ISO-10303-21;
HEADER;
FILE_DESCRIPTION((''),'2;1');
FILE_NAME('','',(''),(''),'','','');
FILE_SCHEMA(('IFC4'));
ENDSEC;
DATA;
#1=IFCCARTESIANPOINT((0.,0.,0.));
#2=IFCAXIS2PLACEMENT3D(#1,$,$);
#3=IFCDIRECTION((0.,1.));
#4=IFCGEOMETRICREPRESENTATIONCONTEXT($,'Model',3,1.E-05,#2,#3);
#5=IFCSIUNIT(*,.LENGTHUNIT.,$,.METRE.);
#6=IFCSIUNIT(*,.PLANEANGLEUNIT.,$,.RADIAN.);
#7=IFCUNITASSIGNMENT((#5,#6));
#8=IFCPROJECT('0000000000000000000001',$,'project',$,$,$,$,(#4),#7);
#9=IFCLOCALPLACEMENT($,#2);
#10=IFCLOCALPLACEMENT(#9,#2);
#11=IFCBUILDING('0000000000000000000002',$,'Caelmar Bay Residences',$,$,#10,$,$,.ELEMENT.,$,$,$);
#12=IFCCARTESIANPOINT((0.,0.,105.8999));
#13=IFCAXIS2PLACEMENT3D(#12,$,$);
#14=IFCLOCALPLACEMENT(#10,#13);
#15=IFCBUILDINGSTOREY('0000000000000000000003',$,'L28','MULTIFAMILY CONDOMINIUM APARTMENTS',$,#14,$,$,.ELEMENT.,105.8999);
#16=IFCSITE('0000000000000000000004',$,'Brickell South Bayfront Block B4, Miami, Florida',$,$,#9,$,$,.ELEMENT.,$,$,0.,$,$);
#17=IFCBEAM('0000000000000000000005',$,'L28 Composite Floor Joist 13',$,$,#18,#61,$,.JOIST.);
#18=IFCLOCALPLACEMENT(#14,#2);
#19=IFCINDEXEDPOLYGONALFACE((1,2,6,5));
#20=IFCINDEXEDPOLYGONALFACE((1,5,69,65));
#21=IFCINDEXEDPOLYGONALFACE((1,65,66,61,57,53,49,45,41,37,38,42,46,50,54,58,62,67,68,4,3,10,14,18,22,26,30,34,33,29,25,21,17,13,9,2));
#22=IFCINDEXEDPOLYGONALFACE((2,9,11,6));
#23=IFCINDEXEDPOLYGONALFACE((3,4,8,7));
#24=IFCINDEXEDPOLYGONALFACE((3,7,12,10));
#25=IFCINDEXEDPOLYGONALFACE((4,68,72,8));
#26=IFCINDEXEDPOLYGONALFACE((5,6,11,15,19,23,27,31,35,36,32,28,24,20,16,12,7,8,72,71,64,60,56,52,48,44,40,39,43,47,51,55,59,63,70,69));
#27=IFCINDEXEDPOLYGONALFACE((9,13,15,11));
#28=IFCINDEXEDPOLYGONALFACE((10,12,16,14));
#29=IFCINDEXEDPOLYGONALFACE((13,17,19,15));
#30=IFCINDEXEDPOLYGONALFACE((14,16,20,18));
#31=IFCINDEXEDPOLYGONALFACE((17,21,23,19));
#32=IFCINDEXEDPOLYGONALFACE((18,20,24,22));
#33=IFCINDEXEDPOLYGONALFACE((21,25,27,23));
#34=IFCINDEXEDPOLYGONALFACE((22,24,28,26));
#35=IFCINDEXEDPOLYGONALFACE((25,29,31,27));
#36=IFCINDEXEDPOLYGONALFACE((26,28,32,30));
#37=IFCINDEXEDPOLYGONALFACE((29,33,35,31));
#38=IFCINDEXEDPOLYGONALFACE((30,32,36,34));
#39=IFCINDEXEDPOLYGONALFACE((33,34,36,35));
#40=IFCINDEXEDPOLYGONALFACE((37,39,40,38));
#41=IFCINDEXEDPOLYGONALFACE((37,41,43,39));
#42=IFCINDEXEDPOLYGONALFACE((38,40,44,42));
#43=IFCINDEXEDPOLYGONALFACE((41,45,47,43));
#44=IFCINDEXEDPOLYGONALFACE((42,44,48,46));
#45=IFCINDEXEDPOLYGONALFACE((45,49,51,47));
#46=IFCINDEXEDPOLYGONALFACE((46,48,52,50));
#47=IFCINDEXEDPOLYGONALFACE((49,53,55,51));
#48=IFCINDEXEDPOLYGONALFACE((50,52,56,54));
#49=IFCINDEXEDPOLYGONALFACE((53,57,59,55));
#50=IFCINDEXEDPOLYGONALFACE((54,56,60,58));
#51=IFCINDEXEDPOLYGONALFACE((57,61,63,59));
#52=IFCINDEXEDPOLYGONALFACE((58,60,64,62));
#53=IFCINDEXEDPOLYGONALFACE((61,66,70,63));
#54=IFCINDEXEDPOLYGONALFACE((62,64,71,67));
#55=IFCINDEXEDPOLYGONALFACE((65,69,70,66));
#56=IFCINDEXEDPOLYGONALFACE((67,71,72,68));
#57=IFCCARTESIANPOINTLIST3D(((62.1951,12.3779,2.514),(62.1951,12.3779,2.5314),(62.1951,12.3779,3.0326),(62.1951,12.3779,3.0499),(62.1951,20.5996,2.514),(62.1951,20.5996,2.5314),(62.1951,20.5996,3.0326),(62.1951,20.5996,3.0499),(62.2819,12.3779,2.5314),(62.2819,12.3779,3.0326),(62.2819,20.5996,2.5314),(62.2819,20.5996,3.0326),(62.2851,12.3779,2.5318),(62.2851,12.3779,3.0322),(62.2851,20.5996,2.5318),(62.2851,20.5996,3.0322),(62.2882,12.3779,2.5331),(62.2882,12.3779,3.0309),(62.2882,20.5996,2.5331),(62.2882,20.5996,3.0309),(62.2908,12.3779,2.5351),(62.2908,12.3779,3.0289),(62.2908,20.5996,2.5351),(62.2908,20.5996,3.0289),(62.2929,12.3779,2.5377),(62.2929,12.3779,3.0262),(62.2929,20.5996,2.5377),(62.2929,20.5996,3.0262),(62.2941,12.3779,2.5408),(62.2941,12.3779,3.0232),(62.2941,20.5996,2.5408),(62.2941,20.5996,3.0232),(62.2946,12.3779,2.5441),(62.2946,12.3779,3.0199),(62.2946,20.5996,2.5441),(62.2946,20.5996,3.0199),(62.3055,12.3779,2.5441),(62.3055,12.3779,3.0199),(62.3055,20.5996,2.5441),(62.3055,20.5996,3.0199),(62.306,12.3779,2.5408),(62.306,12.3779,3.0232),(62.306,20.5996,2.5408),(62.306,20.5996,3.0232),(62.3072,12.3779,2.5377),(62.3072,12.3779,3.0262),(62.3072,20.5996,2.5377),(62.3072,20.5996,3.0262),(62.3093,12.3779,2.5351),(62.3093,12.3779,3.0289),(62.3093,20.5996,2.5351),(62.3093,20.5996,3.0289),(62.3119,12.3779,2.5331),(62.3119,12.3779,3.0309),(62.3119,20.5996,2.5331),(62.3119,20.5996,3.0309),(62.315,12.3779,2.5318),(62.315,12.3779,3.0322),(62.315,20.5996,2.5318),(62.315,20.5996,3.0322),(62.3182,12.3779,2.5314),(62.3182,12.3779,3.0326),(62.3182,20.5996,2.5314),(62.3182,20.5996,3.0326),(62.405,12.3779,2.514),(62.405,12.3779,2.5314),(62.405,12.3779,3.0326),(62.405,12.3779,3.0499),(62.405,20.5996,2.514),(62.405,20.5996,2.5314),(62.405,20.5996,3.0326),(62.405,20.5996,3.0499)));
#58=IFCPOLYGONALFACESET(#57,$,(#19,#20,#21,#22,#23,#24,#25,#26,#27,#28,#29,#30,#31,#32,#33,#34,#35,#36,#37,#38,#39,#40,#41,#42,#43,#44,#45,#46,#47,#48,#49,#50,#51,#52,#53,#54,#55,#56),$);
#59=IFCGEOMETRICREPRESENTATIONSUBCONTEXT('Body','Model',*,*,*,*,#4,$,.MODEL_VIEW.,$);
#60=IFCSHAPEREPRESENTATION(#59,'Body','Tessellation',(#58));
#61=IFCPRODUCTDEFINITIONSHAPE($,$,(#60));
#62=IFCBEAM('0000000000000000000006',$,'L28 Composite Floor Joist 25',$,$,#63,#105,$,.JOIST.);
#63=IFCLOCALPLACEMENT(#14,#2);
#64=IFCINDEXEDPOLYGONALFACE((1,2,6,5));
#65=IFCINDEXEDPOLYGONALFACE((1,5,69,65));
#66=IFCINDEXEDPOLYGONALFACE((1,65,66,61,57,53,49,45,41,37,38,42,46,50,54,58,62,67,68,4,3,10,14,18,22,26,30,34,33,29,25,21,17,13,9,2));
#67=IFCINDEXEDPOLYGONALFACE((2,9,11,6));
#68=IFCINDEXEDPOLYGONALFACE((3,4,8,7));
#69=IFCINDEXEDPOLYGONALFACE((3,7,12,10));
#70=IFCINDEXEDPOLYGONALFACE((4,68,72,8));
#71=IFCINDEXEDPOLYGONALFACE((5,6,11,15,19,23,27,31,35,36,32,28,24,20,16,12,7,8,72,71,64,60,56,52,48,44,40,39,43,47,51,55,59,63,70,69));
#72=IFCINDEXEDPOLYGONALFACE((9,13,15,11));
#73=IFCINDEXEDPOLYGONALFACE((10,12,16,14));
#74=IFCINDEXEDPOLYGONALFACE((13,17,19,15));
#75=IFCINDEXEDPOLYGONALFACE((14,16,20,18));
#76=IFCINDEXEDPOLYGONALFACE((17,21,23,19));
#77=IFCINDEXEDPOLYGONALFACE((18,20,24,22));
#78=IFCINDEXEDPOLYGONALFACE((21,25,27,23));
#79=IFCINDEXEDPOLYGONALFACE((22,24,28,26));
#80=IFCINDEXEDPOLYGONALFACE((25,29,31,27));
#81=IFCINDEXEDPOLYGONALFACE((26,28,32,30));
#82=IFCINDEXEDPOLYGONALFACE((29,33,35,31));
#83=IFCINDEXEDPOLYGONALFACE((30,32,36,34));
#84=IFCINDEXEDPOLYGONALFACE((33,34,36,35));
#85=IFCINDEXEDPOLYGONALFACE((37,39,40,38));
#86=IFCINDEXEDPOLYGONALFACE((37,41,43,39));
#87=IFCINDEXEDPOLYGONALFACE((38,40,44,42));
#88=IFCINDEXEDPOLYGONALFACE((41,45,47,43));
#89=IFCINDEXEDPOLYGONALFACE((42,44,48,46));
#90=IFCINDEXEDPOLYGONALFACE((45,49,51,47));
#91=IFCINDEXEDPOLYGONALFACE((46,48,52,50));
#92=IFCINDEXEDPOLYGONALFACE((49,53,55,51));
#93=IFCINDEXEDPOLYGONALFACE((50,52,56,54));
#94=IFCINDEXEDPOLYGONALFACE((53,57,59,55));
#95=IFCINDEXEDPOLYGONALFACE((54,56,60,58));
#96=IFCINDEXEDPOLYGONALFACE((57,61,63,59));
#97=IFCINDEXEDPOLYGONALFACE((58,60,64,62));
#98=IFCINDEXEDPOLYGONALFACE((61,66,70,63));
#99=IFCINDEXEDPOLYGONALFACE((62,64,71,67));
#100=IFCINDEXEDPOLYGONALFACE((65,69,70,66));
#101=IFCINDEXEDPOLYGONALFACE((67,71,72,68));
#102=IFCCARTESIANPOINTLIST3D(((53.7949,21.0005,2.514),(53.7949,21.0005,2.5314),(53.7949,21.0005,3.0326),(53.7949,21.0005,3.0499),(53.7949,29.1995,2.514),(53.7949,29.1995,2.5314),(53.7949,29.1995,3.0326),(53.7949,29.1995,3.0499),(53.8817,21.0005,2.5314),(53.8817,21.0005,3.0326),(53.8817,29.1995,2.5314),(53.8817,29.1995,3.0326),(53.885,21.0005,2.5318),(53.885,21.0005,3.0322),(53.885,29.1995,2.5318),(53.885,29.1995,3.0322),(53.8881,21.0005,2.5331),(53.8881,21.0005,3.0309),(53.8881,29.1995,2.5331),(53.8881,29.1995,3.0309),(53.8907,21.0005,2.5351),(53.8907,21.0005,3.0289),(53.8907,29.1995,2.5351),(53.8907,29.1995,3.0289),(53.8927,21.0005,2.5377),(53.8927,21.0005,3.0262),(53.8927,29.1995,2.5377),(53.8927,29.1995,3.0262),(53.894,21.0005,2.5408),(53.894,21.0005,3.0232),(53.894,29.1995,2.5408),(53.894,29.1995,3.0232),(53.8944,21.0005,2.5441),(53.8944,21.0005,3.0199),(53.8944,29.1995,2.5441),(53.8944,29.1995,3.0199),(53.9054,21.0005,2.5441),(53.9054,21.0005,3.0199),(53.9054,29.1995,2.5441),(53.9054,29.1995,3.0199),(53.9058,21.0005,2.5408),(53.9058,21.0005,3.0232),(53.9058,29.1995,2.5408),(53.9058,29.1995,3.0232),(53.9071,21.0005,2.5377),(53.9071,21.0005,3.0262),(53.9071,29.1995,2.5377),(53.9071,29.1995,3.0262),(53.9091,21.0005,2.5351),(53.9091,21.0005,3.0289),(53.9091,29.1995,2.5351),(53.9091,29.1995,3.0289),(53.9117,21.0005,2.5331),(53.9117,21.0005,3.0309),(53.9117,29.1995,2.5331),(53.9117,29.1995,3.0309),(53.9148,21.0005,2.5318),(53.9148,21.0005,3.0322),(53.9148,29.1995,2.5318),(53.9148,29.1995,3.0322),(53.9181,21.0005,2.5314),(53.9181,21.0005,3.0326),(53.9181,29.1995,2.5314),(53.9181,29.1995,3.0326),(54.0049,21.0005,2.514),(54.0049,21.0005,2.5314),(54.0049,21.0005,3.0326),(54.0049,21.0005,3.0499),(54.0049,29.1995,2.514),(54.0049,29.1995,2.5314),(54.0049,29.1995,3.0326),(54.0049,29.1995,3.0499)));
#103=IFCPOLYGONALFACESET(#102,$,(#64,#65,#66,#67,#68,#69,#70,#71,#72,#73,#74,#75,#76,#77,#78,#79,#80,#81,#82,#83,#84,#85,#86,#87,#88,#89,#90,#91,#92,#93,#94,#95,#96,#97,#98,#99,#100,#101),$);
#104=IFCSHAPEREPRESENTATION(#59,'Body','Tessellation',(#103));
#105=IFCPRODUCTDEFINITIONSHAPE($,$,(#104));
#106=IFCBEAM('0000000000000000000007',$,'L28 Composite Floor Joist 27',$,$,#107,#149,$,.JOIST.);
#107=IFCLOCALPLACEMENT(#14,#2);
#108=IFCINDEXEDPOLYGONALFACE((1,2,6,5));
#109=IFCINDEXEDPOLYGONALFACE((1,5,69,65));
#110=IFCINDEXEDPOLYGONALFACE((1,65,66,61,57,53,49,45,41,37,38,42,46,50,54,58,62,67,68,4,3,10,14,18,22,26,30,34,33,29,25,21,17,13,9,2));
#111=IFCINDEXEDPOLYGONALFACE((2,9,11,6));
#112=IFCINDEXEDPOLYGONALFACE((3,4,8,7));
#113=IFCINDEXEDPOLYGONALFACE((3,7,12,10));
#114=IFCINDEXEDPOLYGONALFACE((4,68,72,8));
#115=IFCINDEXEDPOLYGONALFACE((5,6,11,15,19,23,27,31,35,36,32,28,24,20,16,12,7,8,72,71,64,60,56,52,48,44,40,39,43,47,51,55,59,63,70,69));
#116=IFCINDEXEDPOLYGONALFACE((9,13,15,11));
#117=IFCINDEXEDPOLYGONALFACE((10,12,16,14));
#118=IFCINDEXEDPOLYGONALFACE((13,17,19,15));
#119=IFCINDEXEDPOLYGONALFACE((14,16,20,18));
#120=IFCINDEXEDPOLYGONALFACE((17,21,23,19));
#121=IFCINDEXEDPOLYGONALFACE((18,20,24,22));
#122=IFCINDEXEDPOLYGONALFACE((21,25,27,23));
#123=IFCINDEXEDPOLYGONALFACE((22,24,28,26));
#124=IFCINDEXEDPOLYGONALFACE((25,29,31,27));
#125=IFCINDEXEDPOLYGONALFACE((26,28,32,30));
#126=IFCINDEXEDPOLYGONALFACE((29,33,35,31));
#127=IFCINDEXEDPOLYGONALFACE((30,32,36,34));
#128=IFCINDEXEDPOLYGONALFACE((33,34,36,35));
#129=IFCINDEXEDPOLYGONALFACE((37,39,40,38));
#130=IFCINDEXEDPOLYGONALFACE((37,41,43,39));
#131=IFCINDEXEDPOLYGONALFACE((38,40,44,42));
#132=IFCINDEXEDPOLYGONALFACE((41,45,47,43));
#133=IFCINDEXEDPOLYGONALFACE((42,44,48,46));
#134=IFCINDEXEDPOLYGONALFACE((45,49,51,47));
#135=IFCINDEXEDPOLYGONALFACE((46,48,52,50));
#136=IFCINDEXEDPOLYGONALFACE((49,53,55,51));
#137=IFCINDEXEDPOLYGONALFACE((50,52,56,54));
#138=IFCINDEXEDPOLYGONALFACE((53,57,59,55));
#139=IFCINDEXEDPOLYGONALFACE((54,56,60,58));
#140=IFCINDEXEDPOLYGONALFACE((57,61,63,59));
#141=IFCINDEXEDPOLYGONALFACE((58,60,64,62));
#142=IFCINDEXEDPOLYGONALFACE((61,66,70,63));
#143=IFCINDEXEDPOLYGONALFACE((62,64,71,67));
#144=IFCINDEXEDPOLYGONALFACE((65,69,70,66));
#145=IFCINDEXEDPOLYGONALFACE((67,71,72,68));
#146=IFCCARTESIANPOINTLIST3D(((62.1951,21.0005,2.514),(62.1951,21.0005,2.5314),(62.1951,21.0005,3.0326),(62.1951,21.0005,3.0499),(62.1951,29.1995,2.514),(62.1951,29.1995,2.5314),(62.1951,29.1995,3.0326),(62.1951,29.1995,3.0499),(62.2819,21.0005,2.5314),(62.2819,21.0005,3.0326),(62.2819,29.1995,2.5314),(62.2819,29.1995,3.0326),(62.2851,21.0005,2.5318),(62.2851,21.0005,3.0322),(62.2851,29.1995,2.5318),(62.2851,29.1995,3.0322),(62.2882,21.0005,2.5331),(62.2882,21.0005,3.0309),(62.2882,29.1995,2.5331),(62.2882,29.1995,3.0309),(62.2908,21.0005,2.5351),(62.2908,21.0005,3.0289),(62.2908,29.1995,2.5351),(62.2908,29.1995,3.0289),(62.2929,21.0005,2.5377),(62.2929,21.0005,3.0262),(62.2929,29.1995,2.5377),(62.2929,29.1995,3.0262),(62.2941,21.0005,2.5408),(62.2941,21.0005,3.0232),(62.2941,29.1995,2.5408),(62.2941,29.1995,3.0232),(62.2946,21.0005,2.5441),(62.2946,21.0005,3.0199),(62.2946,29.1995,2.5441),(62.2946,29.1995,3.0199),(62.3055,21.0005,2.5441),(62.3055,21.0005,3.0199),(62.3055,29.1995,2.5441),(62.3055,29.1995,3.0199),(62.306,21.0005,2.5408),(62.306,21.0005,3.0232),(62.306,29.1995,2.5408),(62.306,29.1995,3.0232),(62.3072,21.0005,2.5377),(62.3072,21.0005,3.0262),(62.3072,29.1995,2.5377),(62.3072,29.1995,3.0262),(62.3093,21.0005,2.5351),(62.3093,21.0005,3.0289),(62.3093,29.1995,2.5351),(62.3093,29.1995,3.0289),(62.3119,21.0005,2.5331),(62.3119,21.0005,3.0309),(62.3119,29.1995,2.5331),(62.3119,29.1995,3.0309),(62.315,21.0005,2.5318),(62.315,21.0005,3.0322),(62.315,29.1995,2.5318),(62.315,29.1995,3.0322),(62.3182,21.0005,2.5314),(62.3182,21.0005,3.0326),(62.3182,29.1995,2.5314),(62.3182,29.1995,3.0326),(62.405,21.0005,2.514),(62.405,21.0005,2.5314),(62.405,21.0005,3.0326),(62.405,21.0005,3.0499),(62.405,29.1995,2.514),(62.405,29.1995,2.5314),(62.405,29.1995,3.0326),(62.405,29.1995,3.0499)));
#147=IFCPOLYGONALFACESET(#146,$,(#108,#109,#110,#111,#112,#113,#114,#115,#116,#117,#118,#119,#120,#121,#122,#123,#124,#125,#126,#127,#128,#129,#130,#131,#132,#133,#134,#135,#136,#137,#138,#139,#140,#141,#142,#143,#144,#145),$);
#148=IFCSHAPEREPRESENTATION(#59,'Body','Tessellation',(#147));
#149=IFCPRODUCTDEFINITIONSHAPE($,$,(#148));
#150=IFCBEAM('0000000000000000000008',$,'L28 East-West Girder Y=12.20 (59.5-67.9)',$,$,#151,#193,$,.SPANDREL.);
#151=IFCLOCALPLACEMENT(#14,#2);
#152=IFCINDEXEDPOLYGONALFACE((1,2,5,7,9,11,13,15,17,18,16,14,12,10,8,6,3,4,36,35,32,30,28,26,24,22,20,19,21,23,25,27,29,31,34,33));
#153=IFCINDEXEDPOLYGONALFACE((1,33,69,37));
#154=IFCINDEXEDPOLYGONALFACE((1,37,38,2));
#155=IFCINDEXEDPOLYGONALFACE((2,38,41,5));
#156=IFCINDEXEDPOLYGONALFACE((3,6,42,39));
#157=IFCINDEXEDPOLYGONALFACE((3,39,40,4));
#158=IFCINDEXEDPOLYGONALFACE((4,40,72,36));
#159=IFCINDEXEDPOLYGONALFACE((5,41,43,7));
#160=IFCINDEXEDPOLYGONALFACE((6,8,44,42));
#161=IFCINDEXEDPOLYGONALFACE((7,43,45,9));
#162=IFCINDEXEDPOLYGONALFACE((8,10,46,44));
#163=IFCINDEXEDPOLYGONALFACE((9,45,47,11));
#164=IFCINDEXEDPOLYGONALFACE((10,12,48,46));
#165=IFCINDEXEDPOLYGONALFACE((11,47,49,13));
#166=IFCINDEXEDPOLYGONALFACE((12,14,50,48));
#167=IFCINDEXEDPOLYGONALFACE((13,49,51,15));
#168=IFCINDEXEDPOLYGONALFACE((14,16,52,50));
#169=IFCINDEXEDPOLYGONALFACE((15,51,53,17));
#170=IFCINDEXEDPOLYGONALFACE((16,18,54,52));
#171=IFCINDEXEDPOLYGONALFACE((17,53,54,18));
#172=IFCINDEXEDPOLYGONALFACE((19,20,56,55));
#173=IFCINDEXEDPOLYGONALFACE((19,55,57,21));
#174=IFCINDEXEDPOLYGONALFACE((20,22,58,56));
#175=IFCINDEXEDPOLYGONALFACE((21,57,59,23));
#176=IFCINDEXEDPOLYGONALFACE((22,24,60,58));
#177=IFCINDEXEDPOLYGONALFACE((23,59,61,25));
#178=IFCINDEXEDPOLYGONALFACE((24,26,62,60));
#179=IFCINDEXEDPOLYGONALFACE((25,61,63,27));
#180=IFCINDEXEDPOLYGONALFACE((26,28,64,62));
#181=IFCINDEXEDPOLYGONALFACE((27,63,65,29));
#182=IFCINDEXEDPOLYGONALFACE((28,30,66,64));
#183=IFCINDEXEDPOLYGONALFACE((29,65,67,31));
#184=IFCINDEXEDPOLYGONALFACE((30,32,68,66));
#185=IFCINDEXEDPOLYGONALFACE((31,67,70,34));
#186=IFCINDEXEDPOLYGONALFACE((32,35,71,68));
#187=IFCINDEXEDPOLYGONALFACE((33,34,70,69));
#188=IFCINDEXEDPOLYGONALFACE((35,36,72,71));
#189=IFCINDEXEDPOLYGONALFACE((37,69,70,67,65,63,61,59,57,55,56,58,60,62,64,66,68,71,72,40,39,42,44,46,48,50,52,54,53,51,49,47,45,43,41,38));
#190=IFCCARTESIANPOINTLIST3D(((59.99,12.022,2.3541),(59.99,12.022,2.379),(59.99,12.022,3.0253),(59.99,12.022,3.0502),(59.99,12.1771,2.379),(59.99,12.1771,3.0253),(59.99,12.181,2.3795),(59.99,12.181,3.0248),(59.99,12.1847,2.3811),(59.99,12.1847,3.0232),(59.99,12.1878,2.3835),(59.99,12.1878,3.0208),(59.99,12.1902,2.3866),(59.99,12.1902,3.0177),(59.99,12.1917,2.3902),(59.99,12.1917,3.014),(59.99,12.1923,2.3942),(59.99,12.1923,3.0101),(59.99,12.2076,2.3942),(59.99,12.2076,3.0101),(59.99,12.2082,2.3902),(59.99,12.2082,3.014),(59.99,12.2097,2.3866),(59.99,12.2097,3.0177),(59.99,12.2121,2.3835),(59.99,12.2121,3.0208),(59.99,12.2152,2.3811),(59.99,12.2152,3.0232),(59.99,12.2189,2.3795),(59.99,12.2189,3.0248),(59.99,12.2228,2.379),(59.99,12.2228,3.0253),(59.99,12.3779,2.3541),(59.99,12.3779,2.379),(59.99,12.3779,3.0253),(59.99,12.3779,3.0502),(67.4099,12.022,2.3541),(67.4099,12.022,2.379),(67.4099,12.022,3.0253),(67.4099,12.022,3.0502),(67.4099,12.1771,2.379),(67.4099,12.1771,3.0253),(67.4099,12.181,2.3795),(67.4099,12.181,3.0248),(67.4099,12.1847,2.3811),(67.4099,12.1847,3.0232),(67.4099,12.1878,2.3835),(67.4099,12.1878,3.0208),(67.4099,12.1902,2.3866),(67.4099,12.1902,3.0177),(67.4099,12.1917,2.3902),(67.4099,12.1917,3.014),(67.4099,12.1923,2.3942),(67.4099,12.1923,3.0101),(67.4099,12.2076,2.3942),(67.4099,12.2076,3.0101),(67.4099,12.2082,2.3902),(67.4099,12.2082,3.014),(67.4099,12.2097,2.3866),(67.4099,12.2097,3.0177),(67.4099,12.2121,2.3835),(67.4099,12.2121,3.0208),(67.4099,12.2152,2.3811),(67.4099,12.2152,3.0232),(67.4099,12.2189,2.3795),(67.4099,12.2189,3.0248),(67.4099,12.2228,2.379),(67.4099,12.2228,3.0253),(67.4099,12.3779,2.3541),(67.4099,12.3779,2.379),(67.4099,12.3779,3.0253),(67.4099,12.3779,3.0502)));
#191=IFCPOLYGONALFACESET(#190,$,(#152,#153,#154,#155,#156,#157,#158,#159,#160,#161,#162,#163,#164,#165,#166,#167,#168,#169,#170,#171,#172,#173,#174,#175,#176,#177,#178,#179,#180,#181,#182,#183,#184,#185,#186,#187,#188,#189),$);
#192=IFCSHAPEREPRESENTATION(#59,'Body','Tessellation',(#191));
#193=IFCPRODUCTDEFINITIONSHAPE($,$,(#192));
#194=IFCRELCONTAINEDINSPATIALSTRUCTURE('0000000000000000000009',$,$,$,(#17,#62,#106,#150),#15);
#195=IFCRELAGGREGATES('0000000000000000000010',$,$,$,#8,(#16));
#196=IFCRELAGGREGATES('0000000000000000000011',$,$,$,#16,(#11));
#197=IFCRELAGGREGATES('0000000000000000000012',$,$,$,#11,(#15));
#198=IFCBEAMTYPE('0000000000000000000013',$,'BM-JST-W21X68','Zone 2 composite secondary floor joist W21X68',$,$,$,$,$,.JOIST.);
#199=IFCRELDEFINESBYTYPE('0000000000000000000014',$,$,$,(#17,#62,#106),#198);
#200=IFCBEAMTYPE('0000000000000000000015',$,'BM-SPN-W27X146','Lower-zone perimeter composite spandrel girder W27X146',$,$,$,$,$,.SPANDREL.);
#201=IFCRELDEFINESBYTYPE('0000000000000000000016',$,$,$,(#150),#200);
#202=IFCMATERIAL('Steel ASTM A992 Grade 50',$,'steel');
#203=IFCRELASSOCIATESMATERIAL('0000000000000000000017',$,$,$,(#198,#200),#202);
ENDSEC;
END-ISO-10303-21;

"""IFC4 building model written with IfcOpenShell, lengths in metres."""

from ifc_helpers import new_model, si_unit, direction, frame, origin, origin_2d, place, context, subcontext, project, spatial, i_section, extrude, material, material_profile, profile_set, type_object, element, save


model = new_model("IFC4")

# Units and contexts
model_context = context("Model", 3, precision=1e-05, world=origin(), true_north=direction((0.0, 1.0)))
body_context = subcontext(model_context, "Body", "Model", "MODEL_VIEW")
ifc_project = project(units=[si_unit("LENGTHUNIT", "METRE"), si_unit("PLANEANGLEUNIT", "RADIAN")], contexts=[model_context])

# Site, building, storey
site_placement = place(None, origin())
site = spatial("IfcSite", under=ifc_project, at=site_placement, Name="Brickell South Bayfront Block B4, Miami, Florida", CompositionType="ELEMENT", RefElevation=0.0)
building_placement = place(site_placement, origin())
building = spatial("IfcBuilding", under=site, at=building_placement, Name="Caelmar Bay Residences", CompositionType="ELEMENT")
storey_placement = place(building_placement, frame((0.0, 0.0, 105.8999)))
storey = spatial("IfcBuildingStorey", under=building, at=storey_placement, Name="L28", Description="MULTIFAMILY CONDOMINIUM APARTMENTS", CompositionType="ELEMENT", Elevation=105.8999)

# Beams
ifc_material_1 = material(Name="Steel ASTM A992 Grade 50", Category="steel")
ifc_material_profile_1 = material_profile(ifc_material_1, i_section(OverallWidth=0.21, OverallDepth=0.5359, WebThickness=0.011, FlangeThickness=0.0173, FilletRadius=0.0127, at=origin_2d()), Name="W21X68")
ifc_profile_set_1 = profile_set([ifc_material_profile_1], Name="Steel ASTM A992 Grade 50")
beam_type_1 = type_object("IfcBeamType", Name="BM-JST-W21X68", Description="Zone 2 composite secondary floor joist W21X68", PredefinedType="JOIST", material=ifc_profile_set_1)
for number, where, z_axis, x_axis, name in (
    (1, (62.3, 12.3779, 2.782), (0.0, 1.0, 0.0), (-1.0, 0.0, 0.0), "L28 Composite Floor Joist 13"),
):
    element("IfcBeam", number, at=place(storey_placement, frame(where, z_axis=z_axis, x_axis=x_axis)), inside=storey, type_object=beam_type_1, Name=name, PredefinedType="JOIST", context=body_context, shape_type="SweptSolid", body=[
        extrude(i_section(OverallWidth=0.21, OverallDepth=0.5359, WebThickness=0.011, FlangeThickness=0.0173, FilletRadius=0.0127, at=origin_2d()), origin(), (0.0, 0.0, 1.0), 8.2217),
    ])
for number, where, z_axis, x_axis, name in (
    (2, (53.8999, 21.0005, 2.782), (0.0, 1.0, 0.0), (-1.0, 0.0, 0.0), "L28 Composite Floor Joist 25"),
    (3, (62.3, 21.0005, 2.782), (0.0, 1.0, 0.0), (-1.0, 0.0, 0.0), "L28 Composite Floor Joist 27"),
):
    element("IfcBeam", number, at=place(storey_placement, frame(where, z_axis=z_axis, x_axis=x_axis)), inside=storey, type_object=beam_type_1, Name=name, PredefinedType="JOIST", context=body_context, shape_type="SweptSolid", body=[
        extrude(i_section(OverallWidth=0.21, OverallDepth=0.5359, WebThickness=0.011, FlangeThickness=0.0173, FilletRadius=0.0127, at=origin_2d()), origin(), (0.0, 0.0, 1.0), 8.199),
    ])
ifc_material_profile_2 = material_profile(ifc_material_1, i_section(OverallWidth=0.356, OverallDepth=0.696, WebThickness=0.0154, FlangeThickness=0.0249, FilletRadius=0.0151, at=origin_2d()), Name="W27X146")
ifc_profile_set_2 = profile_set([ifc_material_profile_2], Name="Steel ASTM A992 Grade 50")
beam_type_2 = type_object("IfcBeamType", Name="BM-SPN-W27X146", Description="Lower-zone perimeter composite spandrel girder W27X146", PredefinedType="SPANDREL", material=ifc_profile_set_2)
beam_placement = place(storey_placement, frame((59.99, 12.2, 2.7021), z_axis=(1.0, 0.0, 0.0), x_axis=(0.0, 1.0, 0.0)))
element("IfcBeam", 4, at=beam_placement, inside=storey, type_object=beam_type_2, Name="L28 East-West Girder Y=12.20 (59.5-67.9)", PredefinedType="SPANDREL", context=body_context, shape_type="SweptSolid", body=[
    extrude(i_section(OverallWidth=0.356, OverallDepth=0.696, WebThickness=0.0154, FlangeThickness=0.0249, FilletRadius=0.0151, at=origin_2d()), origin(), (0.0, 0.0, 1.0), 7.4199),
])

save(model, "model.ifc")
